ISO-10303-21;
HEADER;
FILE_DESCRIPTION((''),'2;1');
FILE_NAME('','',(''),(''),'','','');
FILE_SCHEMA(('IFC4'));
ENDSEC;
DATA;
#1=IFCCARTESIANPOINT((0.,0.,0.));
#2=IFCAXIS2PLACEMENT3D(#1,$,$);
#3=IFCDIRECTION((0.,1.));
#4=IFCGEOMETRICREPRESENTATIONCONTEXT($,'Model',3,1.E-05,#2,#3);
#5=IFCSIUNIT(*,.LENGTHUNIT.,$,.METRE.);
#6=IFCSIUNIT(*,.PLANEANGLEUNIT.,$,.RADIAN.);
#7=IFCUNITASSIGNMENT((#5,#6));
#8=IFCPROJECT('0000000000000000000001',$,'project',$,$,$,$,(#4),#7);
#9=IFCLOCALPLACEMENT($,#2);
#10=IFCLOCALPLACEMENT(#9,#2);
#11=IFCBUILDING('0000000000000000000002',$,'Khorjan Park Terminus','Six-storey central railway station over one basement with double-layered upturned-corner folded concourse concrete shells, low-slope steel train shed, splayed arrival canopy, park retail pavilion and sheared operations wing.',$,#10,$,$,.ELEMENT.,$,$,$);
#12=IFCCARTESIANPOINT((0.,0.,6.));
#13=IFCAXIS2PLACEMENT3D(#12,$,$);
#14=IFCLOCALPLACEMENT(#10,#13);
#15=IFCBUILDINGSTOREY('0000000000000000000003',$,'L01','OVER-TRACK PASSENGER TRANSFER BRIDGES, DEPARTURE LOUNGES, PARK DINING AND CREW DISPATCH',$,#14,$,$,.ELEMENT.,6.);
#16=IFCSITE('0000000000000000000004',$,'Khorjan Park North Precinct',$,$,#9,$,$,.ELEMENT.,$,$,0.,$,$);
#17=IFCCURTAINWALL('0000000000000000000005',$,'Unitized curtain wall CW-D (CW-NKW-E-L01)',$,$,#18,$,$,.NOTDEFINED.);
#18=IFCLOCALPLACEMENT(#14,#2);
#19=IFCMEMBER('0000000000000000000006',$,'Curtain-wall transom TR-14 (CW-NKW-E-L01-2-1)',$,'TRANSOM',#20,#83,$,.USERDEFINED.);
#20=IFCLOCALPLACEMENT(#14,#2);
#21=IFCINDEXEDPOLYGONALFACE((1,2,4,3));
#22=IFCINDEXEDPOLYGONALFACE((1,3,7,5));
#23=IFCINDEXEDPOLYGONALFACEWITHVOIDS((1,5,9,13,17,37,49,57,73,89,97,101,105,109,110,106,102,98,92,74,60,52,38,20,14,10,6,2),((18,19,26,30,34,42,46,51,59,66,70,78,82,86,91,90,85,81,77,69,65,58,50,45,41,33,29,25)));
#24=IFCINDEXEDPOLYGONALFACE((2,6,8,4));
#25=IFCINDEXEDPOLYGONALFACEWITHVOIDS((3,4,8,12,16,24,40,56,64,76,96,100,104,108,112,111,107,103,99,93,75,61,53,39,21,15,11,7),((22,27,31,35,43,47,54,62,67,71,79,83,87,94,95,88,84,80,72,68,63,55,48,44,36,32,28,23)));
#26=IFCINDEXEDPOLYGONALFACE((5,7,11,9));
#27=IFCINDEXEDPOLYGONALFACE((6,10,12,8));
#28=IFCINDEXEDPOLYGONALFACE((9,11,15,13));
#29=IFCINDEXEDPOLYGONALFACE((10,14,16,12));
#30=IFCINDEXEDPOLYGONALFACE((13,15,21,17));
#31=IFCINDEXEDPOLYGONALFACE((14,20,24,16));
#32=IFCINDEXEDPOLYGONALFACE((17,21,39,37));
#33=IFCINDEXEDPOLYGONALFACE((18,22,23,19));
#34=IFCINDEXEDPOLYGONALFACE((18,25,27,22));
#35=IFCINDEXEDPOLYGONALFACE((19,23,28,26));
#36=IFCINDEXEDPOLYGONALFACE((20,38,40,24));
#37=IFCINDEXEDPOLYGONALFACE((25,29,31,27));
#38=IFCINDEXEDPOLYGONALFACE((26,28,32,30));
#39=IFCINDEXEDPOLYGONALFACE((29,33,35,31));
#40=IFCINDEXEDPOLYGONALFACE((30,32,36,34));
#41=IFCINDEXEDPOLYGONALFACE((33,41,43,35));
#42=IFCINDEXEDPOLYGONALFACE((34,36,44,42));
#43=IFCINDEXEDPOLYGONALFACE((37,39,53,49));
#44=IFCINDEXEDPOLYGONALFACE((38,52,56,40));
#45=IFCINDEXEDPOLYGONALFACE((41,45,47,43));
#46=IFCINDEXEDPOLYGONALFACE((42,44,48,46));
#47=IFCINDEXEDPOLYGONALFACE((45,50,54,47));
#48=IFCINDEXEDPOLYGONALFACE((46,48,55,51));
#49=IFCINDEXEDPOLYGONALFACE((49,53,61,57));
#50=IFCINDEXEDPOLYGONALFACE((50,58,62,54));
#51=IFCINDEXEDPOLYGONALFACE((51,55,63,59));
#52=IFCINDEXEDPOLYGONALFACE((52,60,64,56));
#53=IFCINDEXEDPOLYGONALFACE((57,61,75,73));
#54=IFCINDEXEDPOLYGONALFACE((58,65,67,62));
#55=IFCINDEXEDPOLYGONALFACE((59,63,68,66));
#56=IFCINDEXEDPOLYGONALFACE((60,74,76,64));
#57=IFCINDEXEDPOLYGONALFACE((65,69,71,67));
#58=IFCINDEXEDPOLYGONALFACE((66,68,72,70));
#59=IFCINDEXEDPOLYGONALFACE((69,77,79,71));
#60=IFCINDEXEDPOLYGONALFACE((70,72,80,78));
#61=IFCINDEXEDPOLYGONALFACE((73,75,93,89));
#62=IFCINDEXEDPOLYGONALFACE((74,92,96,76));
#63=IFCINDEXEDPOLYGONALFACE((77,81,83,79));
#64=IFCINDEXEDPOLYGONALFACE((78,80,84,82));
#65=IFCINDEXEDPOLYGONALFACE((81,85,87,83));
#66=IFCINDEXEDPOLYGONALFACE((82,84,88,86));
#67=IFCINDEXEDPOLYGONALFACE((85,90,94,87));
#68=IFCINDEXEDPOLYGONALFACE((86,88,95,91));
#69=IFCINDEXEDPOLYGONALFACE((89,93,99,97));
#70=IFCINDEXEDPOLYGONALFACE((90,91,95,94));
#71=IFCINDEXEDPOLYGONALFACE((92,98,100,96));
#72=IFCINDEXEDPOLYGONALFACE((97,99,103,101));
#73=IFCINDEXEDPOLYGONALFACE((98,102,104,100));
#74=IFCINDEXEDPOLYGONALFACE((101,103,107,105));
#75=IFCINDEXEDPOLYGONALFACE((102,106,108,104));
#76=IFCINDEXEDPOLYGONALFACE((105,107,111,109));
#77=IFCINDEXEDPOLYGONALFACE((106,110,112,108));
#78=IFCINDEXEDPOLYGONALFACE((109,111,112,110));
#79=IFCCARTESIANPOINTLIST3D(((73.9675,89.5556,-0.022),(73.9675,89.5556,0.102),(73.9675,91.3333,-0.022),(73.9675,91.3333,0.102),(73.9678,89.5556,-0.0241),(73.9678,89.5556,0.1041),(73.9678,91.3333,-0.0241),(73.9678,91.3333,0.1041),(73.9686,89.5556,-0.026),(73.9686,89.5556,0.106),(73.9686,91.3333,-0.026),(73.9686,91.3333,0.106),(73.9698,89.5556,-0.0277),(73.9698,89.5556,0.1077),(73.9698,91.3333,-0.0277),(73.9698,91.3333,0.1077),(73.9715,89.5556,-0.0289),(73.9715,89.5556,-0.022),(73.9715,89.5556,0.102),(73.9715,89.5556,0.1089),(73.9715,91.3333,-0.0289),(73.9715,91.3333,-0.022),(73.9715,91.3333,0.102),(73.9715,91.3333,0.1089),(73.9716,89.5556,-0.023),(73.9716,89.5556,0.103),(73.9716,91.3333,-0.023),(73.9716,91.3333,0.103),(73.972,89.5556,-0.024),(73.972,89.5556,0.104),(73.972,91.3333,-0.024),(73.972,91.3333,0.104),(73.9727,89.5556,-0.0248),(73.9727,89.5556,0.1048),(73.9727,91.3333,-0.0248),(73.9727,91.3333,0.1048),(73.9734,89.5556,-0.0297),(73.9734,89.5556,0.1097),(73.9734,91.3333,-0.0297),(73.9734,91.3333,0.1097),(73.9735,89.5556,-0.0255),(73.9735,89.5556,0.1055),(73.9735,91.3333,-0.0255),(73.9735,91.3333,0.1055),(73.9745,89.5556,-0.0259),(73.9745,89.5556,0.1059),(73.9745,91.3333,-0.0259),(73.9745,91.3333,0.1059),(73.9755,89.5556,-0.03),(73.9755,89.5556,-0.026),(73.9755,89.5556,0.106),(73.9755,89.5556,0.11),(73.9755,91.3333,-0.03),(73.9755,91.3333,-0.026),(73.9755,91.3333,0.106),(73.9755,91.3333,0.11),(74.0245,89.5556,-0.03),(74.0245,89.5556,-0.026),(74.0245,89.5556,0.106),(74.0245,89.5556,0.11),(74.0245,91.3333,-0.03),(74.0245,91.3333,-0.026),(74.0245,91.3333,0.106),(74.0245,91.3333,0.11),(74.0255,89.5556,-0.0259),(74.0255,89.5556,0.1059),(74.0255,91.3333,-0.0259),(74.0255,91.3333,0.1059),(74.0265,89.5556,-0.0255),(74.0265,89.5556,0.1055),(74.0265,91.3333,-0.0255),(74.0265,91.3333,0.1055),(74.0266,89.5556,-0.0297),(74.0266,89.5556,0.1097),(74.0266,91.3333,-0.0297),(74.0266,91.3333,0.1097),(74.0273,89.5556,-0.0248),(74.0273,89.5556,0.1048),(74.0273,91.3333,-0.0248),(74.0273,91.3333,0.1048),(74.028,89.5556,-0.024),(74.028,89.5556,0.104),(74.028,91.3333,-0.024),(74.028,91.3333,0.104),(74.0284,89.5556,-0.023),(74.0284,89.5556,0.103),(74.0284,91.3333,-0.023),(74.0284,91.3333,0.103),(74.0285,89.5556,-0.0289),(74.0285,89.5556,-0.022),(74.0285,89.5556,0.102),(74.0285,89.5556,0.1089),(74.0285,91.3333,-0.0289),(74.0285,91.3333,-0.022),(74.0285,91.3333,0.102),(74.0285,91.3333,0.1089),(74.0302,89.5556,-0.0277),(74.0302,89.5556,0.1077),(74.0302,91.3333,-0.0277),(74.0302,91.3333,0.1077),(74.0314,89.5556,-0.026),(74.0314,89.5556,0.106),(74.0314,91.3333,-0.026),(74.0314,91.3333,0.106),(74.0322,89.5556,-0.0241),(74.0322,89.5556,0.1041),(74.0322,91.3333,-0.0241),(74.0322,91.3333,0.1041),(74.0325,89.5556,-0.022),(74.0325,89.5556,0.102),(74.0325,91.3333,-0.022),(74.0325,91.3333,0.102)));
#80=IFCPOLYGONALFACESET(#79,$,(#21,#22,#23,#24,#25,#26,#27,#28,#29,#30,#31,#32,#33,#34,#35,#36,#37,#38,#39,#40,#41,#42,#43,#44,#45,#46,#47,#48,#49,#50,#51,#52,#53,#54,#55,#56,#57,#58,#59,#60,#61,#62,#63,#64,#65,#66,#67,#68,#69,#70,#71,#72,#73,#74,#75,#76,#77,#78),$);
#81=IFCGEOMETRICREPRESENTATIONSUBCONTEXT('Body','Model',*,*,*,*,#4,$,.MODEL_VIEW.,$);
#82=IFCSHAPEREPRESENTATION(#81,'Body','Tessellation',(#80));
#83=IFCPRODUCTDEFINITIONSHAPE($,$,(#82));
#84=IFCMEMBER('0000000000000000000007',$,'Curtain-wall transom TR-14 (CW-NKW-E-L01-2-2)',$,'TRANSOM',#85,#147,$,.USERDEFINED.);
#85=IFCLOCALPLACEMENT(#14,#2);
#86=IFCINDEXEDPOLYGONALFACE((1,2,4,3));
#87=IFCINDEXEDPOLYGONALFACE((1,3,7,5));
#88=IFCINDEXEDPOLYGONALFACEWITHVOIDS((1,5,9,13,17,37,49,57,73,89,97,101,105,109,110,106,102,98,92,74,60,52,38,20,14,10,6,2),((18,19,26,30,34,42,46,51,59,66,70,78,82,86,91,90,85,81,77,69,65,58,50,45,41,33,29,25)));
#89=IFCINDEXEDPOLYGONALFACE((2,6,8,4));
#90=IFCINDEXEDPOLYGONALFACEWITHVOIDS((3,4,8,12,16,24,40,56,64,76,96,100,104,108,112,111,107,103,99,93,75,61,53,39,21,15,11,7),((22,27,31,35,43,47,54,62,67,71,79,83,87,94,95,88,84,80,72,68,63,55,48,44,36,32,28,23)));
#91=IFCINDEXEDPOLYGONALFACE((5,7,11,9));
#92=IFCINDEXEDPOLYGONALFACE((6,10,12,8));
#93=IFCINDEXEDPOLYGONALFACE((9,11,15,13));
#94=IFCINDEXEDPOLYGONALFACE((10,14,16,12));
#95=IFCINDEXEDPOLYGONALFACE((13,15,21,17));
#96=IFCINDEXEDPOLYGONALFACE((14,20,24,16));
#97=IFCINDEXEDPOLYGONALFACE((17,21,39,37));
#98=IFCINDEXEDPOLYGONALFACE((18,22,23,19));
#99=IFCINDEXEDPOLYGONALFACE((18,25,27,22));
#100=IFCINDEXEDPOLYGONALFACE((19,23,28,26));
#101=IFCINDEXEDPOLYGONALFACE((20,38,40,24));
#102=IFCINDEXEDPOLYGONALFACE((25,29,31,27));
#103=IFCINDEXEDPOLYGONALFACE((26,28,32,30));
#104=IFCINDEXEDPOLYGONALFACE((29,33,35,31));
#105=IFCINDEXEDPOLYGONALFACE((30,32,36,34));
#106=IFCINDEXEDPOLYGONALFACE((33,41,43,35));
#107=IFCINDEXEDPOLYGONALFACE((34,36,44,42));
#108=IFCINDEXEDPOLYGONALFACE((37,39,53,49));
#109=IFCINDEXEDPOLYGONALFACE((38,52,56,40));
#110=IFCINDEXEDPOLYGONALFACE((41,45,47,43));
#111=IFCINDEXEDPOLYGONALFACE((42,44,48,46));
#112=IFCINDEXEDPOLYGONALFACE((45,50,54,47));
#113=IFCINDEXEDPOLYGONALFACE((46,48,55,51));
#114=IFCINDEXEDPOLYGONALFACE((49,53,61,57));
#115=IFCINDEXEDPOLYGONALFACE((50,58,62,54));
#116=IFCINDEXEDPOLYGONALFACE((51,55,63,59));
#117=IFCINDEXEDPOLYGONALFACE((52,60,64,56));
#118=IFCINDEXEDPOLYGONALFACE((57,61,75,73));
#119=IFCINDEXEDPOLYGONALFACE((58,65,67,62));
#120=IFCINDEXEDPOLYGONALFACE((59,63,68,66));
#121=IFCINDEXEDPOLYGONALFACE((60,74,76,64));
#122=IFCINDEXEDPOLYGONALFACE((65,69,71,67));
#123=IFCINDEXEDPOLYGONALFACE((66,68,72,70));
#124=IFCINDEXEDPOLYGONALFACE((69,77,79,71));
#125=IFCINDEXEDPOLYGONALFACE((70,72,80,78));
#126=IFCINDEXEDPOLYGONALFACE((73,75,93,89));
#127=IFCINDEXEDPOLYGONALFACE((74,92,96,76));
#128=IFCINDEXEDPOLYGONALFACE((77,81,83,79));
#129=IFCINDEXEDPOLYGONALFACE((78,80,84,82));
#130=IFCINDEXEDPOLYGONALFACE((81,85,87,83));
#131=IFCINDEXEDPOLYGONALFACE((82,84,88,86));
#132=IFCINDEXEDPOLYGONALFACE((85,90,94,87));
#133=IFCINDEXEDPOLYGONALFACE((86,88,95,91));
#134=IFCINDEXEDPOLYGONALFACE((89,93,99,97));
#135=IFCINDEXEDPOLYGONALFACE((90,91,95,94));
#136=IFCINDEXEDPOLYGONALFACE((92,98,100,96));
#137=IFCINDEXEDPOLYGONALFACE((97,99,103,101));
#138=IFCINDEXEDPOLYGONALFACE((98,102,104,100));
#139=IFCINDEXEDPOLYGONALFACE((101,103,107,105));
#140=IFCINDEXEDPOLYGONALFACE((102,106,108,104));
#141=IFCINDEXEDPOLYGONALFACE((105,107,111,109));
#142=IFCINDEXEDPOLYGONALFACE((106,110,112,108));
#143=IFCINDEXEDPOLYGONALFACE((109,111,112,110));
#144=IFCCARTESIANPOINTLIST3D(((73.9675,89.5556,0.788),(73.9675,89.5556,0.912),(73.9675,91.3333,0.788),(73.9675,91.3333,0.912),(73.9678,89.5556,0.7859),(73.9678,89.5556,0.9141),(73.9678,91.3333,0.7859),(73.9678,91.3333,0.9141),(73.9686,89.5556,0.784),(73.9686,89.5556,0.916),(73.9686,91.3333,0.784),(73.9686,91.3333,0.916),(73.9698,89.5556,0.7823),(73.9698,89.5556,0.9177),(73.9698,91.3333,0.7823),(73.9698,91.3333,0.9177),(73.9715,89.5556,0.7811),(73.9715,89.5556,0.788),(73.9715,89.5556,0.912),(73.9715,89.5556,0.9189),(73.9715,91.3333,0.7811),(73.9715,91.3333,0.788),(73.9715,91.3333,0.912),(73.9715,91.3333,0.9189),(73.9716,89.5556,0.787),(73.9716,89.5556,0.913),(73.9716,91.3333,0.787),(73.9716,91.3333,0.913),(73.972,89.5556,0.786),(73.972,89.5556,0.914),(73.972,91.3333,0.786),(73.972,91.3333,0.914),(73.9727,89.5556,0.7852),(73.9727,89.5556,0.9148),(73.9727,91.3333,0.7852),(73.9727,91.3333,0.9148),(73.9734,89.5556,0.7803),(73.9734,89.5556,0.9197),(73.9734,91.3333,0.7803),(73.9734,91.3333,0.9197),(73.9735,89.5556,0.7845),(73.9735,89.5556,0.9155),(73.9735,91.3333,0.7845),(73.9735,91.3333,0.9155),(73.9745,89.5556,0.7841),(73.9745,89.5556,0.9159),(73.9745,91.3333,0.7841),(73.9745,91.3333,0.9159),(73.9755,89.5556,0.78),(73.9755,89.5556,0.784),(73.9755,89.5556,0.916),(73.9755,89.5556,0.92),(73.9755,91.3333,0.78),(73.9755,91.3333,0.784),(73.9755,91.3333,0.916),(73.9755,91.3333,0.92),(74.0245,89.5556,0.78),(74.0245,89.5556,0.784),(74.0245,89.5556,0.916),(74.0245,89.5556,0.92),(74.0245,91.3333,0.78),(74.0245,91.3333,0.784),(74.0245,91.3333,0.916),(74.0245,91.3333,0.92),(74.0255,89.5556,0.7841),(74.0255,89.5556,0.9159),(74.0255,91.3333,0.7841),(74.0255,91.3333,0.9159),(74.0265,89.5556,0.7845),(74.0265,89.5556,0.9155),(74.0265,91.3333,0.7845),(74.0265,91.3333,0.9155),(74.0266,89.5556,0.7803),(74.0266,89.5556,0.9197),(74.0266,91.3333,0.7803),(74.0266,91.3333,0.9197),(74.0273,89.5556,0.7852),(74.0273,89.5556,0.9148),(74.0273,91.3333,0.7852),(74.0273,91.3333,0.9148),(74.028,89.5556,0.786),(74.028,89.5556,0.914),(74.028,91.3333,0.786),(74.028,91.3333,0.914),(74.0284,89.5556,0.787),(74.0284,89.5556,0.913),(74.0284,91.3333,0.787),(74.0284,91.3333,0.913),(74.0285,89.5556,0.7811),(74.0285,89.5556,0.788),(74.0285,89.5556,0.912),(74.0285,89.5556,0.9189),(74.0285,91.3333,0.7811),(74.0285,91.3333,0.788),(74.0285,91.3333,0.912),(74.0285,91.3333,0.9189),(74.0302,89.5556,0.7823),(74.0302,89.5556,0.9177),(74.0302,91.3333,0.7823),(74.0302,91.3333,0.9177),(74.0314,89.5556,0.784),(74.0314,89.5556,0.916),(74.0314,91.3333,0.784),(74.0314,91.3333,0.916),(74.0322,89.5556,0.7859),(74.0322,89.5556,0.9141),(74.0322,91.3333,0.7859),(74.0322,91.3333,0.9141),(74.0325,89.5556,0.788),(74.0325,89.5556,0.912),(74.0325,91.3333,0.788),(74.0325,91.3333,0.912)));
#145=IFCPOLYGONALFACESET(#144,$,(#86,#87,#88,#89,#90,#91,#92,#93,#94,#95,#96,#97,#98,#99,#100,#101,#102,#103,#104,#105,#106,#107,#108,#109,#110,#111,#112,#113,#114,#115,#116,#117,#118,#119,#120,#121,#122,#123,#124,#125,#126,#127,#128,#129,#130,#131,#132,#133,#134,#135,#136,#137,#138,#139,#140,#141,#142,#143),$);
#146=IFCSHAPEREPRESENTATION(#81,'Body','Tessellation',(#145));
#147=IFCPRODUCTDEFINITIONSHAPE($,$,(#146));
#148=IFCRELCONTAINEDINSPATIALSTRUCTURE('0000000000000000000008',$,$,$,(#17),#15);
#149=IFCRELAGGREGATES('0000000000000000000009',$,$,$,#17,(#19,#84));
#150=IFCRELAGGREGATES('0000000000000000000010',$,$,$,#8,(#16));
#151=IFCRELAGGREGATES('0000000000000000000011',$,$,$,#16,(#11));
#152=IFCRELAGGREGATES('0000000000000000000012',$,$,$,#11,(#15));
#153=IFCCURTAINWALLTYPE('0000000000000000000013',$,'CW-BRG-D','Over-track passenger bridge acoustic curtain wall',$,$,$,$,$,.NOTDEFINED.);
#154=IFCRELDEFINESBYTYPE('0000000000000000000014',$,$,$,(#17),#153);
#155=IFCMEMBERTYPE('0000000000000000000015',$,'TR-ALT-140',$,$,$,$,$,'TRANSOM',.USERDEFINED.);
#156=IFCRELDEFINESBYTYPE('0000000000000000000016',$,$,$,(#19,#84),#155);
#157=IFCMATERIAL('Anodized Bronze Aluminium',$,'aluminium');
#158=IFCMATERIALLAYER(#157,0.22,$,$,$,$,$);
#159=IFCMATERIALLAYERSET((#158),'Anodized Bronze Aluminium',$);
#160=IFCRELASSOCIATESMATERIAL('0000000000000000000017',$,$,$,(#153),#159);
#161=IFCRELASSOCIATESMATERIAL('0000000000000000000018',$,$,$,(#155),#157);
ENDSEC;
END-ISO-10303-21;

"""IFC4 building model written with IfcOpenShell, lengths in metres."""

from ifc_helpers import new_model, si_unit, direction, frame, origin, origin_2d, place, context, subcontext, project, spatial, hollow_rectangle, extrude, material, layer, layer_set, material_profile, profile_set, type_object, element, aggregate, save


model = new_model("IFC4")

# Units and contexts
model_context = context("Model", 3, precision=1e-05, world=origin(), true_north=direction((0.0, 1.0)))
body_context = subcontext(model_context, "Body", "Model", "MODEL_VIEW")
ifc_project = project(units=[si_unit("LENGTHUNIT", "METRE"), si_unit("PLANEANGLEUNIT", "RADIAN")], contexts=[model_context])

# Site, building, storey
site_placement = place(None, origin())
site = spatial("IfcSite", under=ifc_project, at=site_placement, Name="Khorjan Park North Precinct", CompositionType="ELEMENT", RefElevation=0.0)
building_placement = place(site_placement, origin())
building = spatial("IfcBuilding", under=site, at=building_placement, Name="Khorjan Park Terminus", Description="Six-storey central railway station over one basement with double-layered upturned-corner folded concourse concrete shells, low-slope steel train shed, splayed arrival canopy, park retail pavilion and sheared operations wing.", CompositionType="ELEMENT")
storey_placement = place(building_placement, frame((0.0, 0.0, 6.0)))
storey = spatial("IfcBuildingStorey", under=building, at=storey_placement, Name="L01", Description="OVER-TRACK PASSENGER TRANSFER BRIDGES, DEPARTURE LOUNGES, PARK DINING AND CREW DISPATCH", CompositionType="ELEMENT", Elevation=6.0)

# Curtain wall, members
ifc_material_1 = material(Name="Anodized Bronze Aluminium", Category="aluminium")
ifc_layer_1 = layer(ifc_material_1, 0.22)
ifc_layer_set_1 = layer_set([ifc_layer_1], Name="Anodized Bronze Aluminium")
curtain_wall_type = type_object("IfcCurtainWallType", Name="CW-BRG-D", Description="Over-track passenger bridge acoustic curtain wall", PredefinedType="NOTDEFINED", material=ifc_layer_set_1)
curtain_wall_placement = place(storey_placement, origin())
curtain_wall = element("IfcCurtainWall", 1, at=curtain_wall_placement, inside=storey, type_object=curtain_wall_type, Name="Unitized curtain wall CW-D (CW-NKW-E-L01)", PredefinedType="NOTDEFINED")
ifc_material_profile_1 = material_profile(ifc_material_1, hollow_rectangle(XDim=0.065, YDim=0.14, WallThickness=0.004, InnerFilletRadius=0.004, OuterFilletRadius=0.008, at=origin_2d()), Name="ALT 65x140x4")
ifc_profile_set_1 = profile_set([ifc_material_profile_1], Name="Anodized Bronze Aluminium")
member_type_1 = type_object("IfcMemberType", Name="TR-ALT-140", ElementType="TRANSOM", PredefinedType="USERDEFINED", material=ifc_profile_set_1)
member_1_placement = place(storey_placement, frame((74.0, 89.5556, 0.04), z_axis=(0.0, 1.0, 0.0), x_axis=(-1.0, 0.0, 0.0)))
member_1 = element("IfcMember", 2, at=member_1_placement, type_object=member_type_1, Name="Curtain-wall transom TR-14 (CW-NKW-E-L01-2-1)", ObjectType="TRANSOM", PredefinedType="USERDEFINED", context=body_context, shape_type="SweptSolid", body=[
    extrude(hollow_rectangle(XDim=0.065, YDim=0.14, WallThickness=0.004, InnerFilletRadius=0.004, OuterFilletRadius=0.008, at=origin_2d()), origin(), (0.0, 0.0, 1.0), 1.7777),
])
member_2_placement = place(storey_placement, frame((74.0, 89.5556, 0.85), z_axis=(0.0, 1.0, 0.0), x_axis=(-1.0, 0.0, 0.0)))
member_2 = element("IfcMember", 3, at=member_2_placement, type_object=member_type_1, Name="Curtain-wall transom TR-14 (CW-NKW-E-L01-2-2)", ObjectType="TRANSOM", PredefinedType="USERDEFINED", context=body_context, shape_type="SweptSolid", body=[
    extrude(hollow_rectangle(XDim=0.065, YDim=0.14, WallThickness=0.004, InnerFilletRadius=0.004, OuterFilletRadius=0.008, at=origin_2d()), origin(), (0.0, 0.0, 1.0), 1.7777),
])
aggregate(curtain_wall, [member_1, member_2])

save(model, "model.ifc")
